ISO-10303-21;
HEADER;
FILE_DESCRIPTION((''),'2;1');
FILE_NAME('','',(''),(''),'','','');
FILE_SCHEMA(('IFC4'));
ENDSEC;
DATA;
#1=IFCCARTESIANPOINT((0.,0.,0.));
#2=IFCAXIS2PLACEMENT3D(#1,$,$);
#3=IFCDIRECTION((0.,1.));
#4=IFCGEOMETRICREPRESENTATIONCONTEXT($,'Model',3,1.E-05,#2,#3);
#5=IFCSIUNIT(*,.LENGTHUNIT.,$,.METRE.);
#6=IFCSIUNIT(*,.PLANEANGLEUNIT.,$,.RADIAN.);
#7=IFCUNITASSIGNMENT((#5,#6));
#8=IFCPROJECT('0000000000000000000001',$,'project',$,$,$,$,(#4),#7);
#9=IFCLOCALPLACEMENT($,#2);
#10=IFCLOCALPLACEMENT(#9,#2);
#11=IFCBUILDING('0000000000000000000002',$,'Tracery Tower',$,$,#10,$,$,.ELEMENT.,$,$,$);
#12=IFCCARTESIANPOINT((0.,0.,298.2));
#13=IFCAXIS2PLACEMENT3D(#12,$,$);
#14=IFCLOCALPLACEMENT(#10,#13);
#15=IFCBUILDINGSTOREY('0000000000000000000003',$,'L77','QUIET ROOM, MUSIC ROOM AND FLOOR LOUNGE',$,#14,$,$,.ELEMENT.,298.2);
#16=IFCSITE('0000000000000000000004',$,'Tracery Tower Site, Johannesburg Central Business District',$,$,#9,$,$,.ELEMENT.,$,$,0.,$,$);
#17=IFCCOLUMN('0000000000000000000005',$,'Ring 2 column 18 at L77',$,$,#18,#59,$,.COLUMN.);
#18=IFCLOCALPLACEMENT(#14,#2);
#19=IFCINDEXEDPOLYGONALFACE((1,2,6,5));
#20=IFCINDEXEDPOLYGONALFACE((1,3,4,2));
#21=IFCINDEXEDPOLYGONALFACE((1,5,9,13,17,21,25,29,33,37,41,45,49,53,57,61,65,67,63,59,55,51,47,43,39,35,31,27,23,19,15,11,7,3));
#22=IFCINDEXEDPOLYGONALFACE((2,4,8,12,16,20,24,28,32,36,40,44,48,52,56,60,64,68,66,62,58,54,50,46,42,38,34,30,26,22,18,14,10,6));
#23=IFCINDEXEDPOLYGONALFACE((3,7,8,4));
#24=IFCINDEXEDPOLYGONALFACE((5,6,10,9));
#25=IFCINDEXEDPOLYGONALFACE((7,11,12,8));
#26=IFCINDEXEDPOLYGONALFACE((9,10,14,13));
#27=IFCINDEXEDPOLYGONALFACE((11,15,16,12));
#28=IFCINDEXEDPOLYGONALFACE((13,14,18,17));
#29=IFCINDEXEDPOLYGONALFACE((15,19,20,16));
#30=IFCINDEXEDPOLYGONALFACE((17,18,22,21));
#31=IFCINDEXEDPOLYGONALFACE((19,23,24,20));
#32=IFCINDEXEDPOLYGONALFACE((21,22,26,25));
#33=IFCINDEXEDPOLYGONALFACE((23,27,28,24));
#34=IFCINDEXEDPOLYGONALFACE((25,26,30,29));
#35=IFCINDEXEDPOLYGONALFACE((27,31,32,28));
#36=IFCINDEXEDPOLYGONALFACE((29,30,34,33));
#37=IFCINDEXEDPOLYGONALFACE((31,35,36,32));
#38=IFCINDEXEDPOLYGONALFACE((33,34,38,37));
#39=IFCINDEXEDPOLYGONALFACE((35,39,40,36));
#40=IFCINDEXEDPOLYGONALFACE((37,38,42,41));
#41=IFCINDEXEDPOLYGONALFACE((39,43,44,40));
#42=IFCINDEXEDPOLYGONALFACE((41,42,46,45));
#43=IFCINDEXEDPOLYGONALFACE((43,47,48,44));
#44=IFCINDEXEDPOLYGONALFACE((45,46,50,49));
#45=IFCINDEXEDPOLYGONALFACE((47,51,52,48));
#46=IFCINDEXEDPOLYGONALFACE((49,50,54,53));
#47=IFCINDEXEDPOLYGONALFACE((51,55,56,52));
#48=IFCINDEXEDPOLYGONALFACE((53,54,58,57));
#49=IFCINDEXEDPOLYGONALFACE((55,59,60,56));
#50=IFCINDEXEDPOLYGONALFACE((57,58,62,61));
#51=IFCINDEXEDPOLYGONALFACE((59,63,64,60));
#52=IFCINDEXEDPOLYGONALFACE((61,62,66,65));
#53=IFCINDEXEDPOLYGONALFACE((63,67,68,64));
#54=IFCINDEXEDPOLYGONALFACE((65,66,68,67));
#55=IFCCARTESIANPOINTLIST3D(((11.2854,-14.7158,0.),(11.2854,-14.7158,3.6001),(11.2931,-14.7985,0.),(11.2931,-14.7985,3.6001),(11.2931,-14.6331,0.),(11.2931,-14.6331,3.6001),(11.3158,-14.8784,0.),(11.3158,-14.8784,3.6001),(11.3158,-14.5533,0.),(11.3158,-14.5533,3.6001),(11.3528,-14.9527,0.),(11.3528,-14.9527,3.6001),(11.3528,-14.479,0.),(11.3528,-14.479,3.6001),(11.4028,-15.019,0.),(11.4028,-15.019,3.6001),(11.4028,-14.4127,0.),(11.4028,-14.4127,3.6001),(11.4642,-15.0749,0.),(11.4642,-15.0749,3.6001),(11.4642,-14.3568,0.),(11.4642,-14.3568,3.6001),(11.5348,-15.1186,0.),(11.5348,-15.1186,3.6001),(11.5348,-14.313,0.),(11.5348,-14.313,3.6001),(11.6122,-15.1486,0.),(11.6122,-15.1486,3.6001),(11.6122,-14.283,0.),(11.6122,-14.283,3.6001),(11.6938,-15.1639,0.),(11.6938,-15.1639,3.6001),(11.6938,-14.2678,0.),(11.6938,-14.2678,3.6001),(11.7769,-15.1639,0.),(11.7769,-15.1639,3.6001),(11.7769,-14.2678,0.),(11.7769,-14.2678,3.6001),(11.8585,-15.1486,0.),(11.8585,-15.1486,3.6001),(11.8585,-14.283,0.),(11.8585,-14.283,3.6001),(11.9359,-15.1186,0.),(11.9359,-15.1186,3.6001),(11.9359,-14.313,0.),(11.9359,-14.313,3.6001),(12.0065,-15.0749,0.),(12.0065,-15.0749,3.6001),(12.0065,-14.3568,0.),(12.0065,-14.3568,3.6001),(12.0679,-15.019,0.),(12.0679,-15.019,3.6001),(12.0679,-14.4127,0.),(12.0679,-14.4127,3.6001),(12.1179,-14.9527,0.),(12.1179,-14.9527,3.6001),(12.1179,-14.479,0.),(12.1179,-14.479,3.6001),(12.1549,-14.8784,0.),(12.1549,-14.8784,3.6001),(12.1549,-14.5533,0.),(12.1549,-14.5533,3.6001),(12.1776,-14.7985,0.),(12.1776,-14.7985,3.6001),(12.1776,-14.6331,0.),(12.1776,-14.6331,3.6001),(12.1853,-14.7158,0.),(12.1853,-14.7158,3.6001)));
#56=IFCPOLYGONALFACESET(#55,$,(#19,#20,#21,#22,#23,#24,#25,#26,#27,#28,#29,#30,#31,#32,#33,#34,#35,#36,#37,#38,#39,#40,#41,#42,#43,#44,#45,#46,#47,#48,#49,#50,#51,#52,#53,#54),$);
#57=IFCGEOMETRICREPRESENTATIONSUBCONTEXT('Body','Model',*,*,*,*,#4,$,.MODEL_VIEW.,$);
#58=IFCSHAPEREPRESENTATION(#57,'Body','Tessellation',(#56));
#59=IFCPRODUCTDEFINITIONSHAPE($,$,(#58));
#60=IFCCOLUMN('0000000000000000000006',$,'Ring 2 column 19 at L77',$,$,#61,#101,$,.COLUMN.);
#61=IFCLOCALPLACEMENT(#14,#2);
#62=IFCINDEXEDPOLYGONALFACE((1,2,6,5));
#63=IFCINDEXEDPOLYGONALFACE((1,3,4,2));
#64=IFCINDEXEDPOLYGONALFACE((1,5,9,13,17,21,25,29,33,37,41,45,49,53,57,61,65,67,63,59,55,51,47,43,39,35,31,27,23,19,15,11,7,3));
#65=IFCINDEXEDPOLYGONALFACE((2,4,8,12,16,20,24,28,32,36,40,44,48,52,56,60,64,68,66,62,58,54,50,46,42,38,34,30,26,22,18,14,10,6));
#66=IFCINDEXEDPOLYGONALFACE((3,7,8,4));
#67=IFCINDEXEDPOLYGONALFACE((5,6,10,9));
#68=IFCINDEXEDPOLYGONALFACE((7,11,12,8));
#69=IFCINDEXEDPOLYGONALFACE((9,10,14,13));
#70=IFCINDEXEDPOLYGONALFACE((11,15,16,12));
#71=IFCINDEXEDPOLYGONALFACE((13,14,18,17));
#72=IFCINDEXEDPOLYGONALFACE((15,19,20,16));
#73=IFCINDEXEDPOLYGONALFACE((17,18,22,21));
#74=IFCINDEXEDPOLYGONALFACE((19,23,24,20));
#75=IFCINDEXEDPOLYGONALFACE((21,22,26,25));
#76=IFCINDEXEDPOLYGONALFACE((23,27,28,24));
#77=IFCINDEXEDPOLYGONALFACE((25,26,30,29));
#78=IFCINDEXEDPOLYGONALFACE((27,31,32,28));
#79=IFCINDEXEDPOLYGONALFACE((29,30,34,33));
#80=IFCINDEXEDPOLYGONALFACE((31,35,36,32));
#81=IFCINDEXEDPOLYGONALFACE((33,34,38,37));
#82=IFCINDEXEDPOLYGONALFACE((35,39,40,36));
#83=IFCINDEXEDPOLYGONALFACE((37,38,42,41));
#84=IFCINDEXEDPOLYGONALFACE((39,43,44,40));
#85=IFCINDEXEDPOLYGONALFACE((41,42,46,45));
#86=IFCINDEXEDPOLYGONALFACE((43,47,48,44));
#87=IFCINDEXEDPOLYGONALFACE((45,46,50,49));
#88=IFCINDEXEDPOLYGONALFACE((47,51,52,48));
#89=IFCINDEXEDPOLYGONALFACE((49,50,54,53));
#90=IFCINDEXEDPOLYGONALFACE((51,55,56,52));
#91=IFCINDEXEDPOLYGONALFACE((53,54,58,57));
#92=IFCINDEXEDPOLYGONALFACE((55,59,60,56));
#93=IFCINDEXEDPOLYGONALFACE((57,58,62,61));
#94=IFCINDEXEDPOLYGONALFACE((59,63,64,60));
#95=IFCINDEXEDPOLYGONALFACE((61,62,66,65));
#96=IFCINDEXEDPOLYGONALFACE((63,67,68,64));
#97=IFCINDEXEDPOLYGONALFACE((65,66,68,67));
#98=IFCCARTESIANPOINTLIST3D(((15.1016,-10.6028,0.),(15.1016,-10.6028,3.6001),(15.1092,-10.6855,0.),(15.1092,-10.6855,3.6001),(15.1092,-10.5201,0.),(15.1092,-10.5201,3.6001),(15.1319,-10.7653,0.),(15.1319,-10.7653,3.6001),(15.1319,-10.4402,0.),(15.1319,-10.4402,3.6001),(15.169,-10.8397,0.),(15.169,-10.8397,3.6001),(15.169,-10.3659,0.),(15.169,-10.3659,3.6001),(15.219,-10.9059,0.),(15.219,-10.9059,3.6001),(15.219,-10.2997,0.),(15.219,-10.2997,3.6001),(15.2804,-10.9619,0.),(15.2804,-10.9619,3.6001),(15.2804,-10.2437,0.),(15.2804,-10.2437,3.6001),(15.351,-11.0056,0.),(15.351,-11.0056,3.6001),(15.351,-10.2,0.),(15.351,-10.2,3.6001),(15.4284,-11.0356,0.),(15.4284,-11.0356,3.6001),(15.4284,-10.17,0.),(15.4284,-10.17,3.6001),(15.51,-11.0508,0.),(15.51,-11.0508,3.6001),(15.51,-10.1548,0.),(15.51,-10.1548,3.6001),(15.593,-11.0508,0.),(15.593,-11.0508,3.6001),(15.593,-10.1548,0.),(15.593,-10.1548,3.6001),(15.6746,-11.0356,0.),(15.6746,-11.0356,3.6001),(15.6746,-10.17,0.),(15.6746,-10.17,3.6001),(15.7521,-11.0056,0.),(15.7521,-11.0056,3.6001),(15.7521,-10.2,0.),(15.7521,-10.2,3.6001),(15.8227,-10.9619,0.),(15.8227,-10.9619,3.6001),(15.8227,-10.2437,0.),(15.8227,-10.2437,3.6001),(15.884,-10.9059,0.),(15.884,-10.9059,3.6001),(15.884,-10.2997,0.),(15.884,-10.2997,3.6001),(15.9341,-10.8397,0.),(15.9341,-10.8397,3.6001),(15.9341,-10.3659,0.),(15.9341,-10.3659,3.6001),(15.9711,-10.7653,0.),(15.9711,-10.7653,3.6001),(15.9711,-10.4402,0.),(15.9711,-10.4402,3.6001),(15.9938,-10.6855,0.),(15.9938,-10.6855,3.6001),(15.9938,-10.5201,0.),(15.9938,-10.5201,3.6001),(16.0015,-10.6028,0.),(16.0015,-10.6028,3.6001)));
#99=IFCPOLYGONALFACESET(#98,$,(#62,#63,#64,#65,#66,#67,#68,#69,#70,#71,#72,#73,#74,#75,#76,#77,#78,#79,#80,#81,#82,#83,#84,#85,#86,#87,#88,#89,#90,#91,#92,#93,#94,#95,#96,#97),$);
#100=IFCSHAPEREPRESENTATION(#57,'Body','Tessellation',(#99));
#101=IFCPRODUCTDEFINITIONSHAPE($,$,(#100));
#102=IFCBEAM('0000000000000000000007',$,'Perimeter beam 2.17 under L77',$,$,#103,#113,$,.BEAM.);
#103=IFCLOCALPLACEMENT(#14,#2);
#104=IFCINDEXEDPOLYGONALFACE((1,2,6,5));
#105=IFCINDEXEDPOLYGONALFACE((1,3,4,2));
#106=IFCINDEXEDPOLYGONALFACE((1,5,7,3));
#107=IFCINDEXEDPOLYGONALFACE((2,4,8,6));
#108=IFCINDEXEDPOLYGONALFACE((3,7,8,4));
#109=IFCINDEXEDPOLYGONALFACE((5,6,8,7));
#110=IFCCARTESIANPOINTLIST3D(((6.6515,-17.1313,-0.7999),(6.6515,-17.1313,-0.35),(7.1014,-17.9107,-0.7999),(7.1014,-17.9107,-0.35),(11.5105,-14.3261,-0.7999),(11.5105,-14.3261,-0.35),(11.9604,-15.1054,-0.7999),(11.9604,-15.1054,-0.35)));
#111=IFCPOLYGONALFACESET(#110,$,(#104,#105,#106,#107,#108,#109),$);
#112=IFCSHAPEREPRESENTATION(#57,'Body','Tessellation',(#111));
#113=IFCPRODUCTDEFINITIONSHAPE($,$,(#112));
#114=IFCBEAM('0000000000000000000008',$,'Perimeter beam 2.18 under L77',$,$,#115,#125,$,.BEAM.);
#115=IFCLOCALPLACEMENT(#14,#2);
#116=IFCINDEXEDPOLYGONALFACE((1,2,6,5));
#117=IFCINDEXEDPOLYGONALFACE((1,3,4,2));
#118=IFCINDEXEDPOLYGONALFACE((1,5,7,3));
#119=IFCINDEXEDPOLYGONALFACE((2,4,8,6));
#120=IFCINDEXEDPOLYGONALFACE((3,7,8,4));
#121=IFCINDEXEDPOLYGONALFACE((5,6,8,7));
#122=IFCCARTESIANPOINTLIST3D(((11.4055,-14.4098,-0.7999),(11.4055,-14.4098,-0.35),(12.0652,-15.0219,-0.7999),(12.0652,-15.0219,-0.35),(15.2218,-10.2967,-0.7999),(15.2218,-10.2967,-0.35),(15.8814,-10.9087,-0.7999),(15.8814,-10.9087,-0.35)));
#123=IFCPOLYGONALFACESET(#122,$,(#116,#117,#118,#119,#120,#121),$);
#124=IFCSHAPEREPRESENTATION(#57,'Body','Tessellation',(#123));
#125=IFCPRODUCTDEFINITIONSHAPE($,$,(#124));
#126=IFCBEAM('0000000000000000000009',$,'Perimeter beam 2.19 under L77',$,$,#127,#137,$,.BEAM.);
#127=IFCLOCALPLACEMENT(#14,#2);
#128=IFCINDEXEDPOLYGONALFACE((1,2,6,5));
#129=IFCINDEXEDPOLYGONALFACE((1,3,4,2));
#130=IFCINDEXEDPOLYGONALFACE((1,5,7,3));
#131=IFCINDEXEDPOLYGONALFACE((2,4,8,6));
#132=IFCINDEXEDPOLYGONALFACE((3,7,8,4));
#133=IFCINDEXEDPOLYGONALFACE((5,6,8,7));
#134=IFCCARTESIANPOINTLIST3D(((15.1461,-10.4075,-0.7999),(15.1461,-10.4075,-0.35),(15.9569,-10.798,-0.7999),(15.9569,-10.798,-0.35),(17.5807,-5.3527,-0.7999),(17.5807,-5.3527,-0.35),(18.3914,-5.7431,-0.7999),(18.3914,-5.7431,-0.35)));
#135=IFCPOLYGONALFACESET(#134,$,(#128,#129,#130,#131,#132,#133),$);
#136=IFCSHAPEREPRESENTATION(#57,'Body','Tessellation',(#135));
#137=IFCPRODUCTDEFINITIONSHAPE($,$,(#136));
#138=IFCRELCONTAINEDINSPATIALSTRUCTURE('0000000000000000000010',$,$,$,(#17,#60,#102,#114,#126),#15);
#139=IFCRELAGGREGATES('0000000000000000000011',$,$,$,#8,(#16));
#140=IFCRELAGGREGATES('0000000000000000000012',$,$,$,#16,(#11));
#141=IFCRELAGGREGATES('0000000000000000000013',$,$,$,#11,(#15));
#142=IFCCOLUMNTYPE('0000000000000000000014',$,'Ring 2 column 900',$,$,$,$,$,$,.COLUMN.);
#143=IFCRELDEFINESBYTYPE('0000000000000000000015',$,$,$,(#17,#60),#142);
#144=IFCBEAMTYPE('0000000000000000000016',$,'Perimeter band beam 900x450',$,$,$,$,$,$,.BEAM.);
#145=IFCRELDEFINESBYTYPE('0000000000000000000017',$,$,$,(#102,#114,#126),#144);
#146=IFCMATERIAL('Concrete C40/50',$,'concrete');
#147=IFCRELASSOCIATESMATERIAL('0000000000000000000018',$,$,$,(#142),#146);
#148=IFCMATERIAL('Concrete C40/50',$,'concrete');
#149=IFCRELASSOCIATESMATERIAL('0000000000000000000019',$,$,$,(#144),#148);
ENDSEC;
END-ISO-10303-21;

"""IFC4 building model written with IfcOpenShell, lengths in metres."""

from ifc_helpers import new_model, si_unit, direction, frame, origin, origin_2d, place, context, subcontext, project, spatial, rectangle, circle, extrude, material, material_profile, profile_set, type_object, element, save


model = new_model("IFC4")

# Units and contexts
model_context = context("Model", 3, precision=1e-05, world=origin(), true_north=direction((0.0, 1.0)))
body_context = subcontext(model_context, "Body", "Model", "MODEL_VIEW")
ifc_project = project(units=[si_unit("LENGTHUNIT", "METRE"), si_unit("PLANEANGLEUNIT", "RADIAN")], contexts=[model_context])

# Site, building, storey
site_placement = place(None, origin())
site = spatial("IfcSite", under=ifc_project, at=site_placement, Name="Tracery Tower Site, Johannesburg Central Business District", CompositionType="ELEMENT", RefElevation=0.0)
building_placement = place(site_placement, origin())
building = spatial("IfcBuilding", under=site, at=building_placement, Name="Tracery Tower", CompositionType="ELEMENT")
storey_placement = place(building_placement, frame((0.0, 0.0, 298.2)))
storey = spatial("IfcBuildingStorey", under=building, at=storey_placement, Name="L77", Description="QUIET ROOM, MUSIC ROOM AND FLOOR LOUNGE", CompositionType="ELEMENT", Elevation=298.2)

# Columns
ifc_material_1 = material(Name="Concrete C40/50", Category="concrete")
ifc_material_profile_1 = material_profile(ifc_material_1, circle(Radius=0.45, at=origin_2d()), Name="RC D900")
ifc_profile_set_1 = profile_set([ifc_material_profile_1], Name="Concrete C40/50")
column_type = type_object("IfcColumnType", Name="Ring 2 column 900", PredefinedType="COLUMN", material=ifc_profile_set_1)
for number, where, z_axis, x_axis, name in (
    (1, (11.7354, -14.7158, 0.0), (0.0, 0.0, 1.0), (1.0, 0.0, 0.0), "Ring 2 column 18 at L77"),
    (2, (15.5515, -10.6028, 0.0), (0.0, 0.0, 1.0), (1.0, 0.0, 0.0), "Ring 2 column 19 at L77"),
):
    element("IfcColumn", number, at=place(storey_placement, frame(where, z_axis=z_axis, x_axis=x_axis)), inside=storey, type_object=column_type, Name=name, PredefinedType="COLUMN", context=body_context, shape_type="SweptSolid", body=[
        extrude(circle(Radius=0.45, at=origin_2d()), origin(), (0.0, 0.0, 1.0), 3.6001),
    ])

# Beams
ifc_material_2 = material(Name="Concrete C40/50", Category="concrete")
ifc_material_profile_2 = material_profile(ifc_material_2, rectangle(XDim=0.8999, YDim=0.45, at=origin_2d()), Name="RC 900x450")
ifc_profile_set_2 = profile_set([ifc_material_profile_2], Name="Concrete C40/50")
beam_type = type_object("IfcBeamType", Name="Perimeter band beam 900x450", PredefinedType="BEAM", material=ifc_profile_set_2)
beam_1_placement = place(storey_placement, frame((6.8765, -17.521, -0.575), z_axis=(0.866033, 0.499986, 0.0), x_axis=(-0.499986, 0.866033, 0.0)))
element("IfcBeam", 3, at=beam_1_placement, inside=storey, type_object=beam_type, Name="Perimeter beam 2.17 under L77", PredefinedType="BEAM", context=body_context, shape_type="SweptSolid", body=[
    extrude(rectangle(XDim=0.8999, YDim=0.45, at=origin_2d()), origin(), (0.0, 0.0, 1.0), 5.6106),
])
beam_2_placement = place(storey_placement, frame((11.7354, -14.7158, -0.575), z_axis=(0.680156, 0.733068, 0.0), x_axis=(-0.733068, 0.680156, 0.0)))
element("IfcBeam", 4, at=beam_2_placement, inside=storey, type_object=beam_type, Name="Perimeter beam 2.18 under L77", PredefinedType="BEAM", context=body_context, shape_type="SweptSolid", body=[
    extrude(rectangle(XDim=0.8999, YDim=0.45, at=origin_2d()), origin(), (0.0, 0.0, 1.0), 5.6108),
])
beam_3_placement = place(storey_placement, frame((15.5515, -10.6028, -0.575), z_axis=(0.433919, 0.900952, 0.0), x_axis=(-0.900952, 0.433919, 0.0)))
element("IfcBeam", 5, at=beam_3_placement, inside=storey, type_object=beam_type, Name="Perimeter beam 2.19 under L77", PredefinedType="BEAM", context=body_context, shape_type="SweptSolid", body=[
    extrude(rectangle(XDim=0.8999, YDim=0.45, at=origin_2d()), origin(), (0.0, 0.0, 1.0), 5.6106),
])

save(model, "model.ifc")
